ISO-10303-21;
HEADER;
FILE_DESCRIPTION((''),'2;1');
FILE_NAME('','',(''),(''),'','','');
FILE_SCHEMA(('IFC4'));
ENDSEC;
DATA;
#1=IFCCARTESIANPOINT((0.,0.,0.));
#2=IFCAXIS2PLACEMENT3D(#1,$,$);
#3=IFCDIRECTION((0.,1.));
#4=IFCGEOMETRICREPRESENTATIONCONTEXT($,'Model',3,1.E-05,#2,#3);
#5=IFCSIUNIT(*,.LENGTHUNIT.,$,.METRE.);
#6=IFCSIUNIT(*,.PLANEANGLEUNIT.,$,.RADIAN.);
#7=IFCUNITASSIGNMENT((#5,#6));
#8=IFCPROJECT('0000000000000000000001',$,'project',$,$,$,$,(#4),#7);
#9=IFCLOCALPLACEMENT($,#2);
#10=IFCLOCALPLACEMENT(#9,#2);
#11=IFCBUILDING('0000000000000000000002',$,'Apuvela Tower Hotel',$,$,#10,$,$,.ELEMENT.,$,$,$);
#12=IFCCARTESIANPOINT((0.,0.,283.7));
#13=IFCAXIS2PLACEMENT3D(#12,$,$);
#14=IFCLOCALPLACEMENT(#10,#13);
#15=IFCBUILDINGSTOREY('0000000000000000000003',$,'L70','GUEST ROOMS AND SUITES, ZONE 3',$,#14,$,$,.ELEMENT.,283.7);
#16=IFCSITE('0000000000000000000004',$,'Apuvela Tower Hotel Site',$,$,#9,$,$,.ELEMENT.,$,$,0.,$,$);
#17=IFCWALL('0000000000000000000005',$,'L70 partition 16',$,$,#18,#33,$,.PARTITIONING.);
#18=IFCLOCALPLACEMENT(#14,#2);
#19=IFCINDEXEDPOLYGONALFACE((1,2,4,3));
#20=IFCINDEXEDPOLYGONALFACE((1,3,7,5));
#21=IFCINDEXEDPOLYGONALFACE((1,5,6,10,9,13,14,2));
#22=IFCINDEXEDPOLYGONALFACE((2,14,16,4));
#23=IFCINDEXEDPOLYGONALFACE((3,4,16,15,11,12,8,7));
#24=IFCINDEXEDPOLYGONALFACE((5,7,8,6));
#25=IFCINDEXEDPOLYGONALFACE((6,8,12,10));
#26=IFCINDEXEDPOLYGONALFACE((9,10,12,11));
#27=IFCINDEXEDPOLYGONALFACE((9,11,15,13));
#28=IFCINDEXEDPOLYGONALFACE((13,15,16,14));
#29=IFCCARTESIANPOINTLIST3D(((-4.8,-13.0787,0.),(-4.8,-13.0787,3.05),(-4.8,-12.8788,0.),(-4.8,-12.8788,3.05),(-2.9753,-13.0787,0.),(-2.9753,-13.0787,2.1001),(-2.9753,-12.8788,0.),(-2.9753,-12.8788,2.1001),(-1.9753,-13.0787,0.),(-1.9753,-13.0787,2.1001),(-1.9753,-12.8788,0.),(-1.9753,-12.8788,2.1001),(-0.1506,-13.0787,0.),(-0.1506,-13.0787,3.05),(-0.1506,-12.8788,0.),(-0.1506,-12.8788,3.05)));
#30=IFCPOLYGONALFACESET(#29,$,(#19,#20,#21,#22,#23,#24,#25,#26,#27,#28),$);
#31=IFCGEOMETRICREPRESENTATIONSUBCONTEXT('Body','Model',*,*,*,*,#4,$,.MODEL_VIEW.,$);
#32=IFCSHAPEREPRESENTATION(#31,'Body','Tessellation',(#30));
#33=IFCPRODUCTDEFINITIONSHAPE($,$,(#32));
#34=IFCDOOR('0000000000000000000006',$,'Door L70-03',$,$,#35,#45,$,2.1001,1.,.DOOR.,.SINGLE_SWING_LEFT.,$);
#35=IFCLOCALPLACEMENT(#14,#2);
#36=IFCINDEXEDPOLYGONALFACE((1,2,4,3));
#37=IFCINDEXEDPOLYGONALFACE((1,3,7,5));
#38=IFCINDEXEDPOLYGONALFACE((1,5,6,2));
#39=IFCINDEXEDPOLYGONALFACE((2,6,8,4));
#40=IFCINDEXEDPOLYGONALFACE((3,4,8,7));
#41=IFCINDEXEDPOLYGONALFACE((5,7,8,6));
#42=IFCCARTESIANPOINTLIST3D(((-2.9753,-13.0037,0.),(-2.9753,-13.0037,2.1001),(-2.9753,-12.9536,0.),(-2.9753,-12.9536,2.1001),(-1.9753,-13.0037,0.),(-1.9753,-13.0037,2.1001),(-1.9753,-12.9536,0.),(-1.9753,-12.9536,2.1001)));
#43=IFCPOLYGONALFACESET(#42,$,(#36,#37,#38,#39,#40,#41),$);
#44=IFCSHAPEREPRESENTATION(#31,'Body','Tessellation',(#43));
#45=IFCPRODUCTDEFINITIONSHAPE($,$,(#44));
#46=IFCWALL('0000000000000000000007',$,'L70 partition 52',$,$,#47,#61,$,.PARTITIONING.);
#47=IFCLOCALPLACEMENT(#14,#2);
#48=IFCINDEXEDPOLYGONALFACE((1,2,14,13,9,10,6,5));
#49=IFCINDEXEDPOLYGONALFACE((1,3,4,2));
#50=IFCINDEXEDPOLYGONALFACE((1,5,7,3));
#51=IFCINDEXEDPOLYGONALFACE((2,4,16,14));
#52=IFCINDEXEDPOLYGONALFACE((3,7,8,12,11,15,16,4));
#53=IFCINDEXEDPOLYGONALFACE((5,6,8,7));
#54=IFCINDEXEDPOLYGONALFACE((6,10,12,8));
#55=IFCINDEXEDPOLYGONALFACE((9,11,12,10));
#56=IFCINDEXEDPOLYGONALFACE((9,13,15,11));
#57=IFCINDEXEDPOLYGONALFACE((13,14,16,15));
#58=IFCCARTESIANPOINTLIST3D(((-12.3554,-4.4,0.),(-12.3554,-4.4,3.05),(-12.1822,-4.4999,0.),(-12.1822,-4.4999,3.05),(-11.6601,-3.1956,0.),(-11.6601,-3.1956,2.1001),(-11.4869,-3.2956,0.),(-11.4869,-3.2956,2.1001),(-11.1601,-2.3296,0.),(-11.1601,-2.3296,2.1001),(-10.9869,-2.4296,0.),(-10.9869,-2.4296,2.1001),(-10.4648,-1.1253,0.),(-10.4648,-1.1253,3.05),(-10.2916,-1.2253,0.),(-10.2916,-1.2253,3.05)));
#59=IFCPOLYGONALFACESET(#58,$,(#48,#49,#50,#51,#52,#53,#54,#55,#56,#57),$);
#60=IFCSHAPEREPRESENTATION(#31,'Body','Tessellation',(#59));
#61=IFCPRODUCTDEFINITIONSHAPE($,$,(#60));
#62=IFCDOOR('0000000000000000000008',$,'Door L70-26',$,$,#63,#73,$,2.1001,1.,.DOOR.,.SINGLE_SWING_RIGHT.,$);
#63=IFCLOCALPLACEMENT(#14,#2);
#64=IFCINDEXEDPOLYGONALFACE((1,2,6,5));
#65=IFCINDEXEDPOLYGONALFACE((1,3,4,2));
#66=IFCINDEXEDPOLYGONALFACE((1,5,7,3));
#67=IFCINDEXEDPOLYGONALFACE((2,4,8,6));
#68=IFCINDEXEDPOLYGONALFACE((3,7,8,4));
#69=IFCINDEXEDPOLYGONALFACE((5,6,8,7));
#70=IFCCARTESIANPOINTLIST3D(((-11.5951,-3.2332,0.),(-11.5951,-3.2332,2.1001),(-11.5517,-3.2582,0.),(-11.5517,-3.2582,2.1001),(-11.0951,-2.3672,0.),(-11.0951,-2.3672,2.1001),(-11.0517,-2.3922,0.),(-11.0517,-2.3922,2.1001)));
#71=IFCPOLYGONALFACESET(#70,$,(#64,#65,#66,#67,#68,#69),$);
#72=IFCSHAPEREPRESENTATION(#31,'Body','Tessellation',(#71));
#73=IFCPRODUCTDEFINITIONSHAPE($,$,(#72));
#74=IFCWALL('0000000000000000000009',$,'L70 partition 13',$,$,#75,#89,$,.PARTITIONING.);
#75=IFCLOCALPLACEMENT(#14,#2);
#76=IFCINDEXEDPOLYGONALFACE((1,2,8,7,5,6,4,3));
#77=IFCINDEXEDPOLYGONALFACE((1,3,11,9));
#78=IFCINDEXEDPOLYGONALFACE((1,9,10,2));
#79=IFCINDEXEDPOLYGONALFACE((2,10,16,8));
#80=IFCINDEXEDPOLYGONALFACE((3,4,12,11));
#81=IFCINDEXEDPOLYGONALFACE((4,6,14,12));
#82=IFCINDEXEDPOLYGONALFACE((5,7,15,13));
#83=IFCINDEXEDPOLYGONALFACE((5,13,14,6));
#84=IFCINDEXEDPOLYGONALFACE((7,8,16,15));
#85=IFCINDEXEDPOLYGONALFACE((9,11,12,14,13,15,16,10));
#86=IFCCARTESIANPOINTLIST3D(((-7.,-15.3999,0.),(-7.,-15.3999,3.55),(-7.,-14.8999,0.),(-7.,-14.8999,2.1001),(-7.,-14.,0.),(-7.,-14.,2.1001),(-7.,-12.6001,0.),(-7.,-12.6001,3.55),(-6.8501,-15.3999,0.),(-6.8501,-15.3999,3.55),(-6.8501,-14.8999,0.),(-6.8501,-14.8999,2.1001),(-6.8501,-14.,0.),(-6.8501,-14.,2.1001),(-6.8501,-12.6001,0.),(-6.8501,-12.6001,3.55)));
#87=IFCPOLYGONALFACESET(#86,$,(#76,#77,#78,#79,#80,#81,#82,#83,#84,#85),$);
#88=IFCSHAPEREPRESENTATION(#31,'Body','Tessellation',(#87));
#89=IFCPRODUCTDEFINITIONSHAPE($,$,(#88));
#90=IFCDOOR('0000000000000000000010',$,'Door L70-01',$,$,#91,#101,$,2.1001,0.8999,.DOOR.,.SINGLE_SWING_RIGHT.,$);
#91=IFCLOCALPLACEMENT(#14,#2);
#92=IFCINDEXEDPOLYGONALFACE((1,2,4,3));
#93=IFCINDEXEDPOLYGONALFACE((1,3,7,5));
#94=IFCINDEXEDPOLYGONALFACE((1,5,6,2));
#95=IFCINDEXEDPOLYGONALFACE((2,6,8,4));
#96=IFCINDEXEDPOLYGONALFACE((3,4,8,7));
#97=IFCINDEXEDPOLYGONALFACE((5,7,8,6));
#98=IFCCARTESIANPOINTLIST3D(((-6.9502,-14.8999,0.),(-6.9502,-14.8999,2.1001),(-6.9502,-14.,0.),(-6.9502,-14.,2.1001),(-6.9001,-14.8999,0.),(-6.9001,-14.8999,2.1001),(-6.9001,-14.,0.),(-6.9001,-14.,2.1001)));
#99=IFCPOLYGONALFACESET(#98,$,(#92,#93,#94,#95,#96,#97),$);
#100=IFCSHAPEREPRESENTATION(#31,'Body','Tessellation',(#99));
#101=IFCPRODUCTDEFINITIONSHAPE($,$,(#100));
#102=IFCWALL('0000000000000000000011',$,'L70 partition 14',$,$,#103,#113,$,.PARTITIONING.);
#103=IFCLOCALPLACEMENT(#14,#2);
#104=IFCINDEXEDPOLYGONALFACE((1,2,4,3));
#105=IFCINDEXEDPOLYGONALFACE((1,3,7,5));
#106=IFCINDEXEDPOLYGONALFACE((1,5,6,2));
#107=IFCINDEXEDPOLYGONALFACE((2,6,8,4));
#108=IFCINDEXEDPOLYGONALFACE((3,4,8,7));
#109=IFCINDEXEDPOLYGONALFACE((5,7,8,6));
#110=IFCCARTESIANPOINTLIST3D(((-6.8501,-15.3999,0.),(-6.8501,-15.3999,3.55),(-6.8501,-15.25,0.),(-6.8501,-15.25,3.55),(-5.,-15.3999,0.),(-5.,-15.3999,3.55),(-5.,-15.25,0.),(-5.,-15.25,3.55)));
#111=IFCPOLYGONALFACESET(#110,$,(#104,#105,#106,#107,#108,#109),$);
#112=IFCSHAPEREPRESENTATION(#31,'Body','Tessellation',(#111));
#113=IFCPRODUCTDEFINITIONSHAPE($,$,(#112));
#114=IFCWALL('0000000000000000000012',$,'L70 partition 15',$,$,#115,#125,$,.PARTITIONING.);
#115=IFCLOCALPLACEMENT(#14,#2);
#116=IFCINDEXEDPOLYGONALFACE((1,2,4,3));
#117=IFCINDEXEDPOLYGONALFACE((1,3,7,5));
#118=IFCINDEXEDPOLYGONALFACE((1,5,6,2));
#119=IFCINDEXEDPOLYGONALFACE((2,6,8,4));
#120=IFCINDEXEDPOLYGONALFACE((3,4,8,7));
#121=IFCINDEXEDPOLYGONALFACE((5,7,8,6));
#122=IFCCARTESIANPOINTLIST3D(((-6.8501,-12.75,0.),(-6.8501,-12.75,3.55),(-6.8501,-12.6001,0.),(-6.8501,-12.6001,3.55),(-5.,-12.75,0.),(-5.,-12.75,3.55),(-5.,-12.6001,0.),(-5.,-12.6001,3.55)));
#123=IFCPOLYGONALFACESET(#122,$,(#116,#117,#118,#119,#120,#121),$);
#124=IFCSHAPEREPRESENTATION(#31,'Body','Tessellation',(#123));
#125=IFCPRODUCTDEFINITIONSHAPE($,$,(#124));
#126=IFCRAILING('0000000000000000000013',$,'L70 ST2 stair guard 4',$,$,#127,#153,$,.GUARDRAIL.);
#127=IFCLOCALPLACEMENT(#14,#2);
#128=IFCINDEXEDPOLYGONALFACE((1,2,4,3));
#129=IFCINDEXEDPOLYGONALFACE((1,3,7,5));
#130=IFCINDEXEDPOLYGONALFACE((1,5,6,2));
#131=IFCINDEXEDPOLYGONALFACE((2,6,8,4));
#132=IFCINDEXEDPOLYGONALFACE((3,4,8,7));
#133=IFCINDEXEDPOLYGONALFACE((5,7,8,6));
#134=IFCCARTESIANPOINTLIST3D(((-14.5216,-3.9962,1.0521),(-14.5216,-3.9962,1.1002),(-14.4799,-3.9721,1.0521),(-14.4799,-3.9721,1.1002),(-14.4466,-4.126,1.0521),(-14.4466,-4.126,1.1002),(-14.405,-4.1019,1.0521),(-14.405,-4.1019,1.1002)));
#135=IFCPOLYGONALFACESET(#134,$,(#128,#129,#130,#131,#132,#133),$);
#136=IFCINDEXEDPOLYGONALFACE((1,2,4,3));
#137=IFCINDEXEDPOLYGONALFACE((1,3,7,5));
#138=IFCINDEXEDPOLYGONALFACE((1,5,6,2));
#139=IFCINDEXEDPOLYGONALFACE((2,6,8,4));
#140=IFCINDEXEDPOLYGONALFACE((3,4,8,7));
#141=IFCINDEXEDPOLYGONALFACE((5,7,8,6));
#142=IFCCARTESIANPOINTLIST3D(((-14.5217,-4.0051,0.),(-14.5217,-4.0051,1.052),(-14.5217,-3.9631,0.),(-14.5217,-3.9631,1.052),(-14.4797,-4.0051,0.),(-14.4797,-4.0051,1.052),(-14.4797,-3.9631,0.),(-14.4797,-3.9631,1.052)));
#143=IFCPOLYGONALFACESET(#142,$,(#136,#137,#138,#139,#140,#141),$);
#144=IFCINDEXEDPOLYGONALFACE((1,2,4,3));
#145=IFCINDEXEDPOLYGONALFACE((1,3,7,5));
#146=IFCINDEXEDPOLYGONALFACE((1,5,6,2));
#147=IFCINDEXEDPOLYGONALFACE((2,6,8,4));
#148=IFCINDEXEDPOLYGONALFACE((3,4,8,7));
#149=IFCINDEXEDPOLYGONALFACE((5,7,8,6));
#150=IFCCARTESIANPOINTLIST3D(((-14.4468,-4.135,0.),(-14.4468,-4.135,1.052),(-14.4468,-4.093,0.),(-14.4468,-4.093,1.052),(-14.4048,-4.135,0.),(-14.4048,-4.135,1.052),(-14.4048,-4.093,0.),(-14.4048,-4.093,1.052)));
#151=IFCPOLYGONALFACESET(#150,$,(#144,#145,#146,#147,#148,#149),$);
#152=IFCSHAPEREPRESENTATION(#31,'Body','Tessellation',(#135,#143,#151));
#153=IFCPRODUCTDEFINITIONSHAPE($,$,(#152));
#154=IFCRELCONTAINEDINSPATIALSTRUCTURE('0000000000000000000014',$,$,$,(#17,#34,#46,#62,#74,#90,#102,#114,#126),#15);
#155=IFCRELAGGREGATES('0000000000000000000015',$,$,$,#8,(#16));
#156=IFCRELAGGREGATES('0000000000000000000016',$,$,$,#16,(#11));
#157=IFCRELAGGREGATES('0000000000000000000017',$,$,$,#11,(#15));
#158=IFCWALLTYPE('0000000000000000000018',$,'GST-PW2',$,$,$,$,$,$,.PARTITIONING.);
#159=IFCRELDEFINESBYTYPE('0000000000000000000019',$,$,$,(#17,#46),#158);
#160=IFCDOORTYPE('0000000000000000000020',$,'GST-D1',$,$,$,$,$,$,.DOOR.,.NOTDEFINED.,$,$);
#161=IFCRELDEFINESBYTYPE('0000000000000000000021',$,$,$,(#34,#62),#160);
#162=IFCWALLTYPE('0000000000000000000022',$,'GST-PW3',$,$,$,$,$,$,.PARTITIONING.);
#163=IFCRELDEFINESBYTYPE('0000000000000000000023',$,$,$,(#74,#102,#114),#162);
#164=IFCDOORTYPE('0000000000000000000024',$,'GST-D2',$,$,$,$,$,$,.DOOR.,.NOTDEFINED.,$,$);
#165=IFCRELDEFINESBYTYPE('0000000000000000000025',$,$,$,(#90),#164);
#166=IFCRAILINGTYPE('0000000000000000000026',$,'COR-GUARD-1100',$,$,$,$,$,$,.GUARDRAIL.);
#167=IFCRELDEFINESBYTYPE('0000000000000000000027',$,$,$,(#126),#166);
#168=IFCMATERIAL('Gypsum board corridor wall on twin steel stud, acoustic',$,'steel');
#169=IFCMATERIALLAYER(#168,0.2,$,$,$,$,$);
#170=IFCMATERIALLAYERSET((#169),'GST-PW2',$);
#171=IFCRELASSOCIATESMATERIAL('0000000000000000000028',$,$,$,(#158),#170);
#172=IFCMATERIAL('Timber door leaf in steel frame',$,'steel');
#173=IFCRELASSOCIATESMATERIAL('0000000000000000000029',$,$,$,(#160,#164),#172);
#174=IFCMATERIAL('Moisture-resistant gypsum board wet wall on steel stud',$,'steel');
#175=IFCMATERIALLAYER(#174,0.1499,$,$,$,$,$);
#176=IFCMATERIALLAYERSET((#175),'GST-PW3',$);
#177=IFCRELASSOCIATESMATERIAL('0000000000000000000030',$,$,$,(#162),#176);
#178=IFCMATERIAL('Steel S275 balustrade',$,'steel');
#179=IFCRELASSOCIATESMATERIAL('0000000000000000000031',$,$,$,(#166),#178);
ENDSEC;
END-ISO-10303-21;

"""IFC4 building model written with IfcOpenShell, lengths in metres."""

from ifc_helpers import new_model, si_unit, direction, frame, frame_2d, origin, origin_2d, place, context, subcontext, project, spatial, rectangle, extrude, material, layer, layer_set, type_object, element, fill, save


model = new_model("IFC4")

# Units and contexts
model_context = context("Model", 3, precision=1e-05, world=origin(), true_north=direction((0.0, 1.0)))
body_context = subcontext(model_context, "Body", "Model", "MODEL_VIEW")
ifc_project = project(units=[si_unit("LENGTHUNIT", "METRE"), si_unit("PLANEANGLEUNIT", "RADIAN")], contexts=[model_context])

# Site, building, storey
site_placement = place(None, origin())
site = spatial("IfcSite", under=ifc_project, at=site_placement, Name="Apuvela Tower Hotel Site", CompositionType="ELEMENT", RefElevation=0.0)
building_placement = place(site_placement, origin())
building = spatial("IfcBuilding", under=site, at=building_placement, Name="Apuvela Tower Hotel", CompositionType="ELEMENT")
storey_placement = place(building_placement, frame((0.0, 0.0, 283.7)))
storey = spatial("IfcBuildingStorey", under=building, at=storey_placement, Name="L70", Description="GUEST ROOMS AND SUITES, ZONE 3", CompositionType="ELEMENT", Elevation=283.7)

# Walls, openings, doors
ifc_material_1 = material(Name="Gypsum board corridor wall on twin steel stud, acoustic", Category="steel")
ifc_layer_1 = layer(ifc_material_1, 0.2)
ifc_layer_set_1 = layer_set([ifc_layer_1], Name="GST-PW2")
wall_type_1 = type_object("IfcWallType", Name="GST-PW2", PredefinedType="PARTITIONING", material=ifc_layer_set_1)
ifc_material_2 = material(Name="Timber door leaf in steel frame", Category="steel")
door_type_1 = type_object("IfcDoorType", Name="GST-D1", OperationType="NOTDEFINED", PredefinedType="DOOR", material=ifc_material_2)
wall_1_placement = place(storey_placement, frame((-0.1506, -12.9788, 0.0), z_axis=(0.0, 0.0, 1.0), x_axis=(-1.0, 0.0, 0.0)))
wall_1 = element("IfcWall", 1, at=wall_1_placement, inside=storey, type_object=wall_type_1, Name="L70 partition 16", PredefinedType="PARTITIONING", context=body_context, shape_type="SweptSolid", body=[
    extrude(rectangle(XDim=4.6494, YDim=0.2, at=frame_2d((2.3247, 0.0))), origin(), (0.0, 0.0, 1.0), 3.05),
])
opening_1_placement = place(wall_1_placement, frame((1.8247, 0.0, 0.0)))
opening_1 = element("IfcOpeningElement", 2, at=opening_1_placement, cuts=wall_1, PredefinedType="OPENING", context=body_context, shape_type="SweptSolid", body=[
    extrude(rectangle(XDim=1.0, YDim=2.1001, at=frame_2d((0.5, 1.05))), frame((0.0, 0.1099, 0.0), z_axis=(0.0, -1.0, 0.0), x_axis=(1.0, 0.0, 0.0)), (0.0, 0.0, 1.0), 0.22),
])
door_1_placement = place(opening_1_placement, origin())
door_1 = element("IfcDoor", 3, at=door_1_placement, inside=storey, type_object=door_type_1, Name="Door L70-03", OperationType="SINGLE_SWING_LEFT", OverallHeight=2.1001, OverallWidth=1.0, PredefinedType="DOOR", context=body_context, shape_type="SweptSolid", body=[
    extrude(rectangle(XDim=1.0, YDim=2.1001, at=frame_2d((0.5, 1.05))), frame((0.0, 0.0249, 0.0), z_axis=(0.0, -1.0, 0.0), x_axis=(1.0, 0.0, 0.0)), (0.0, 0.0, 1.0), 0.05),
])
fill(opening_1, door_1)
wall_2_placement = place(storey_placement, frame((-12.2688, -4.45, 0.0), z_axis=(0.0, 0.0, 1.0), x_axis=(0.5, 0.866025, 0.0)))
wall_2 = element("IfcWall", 4, at=wall_2_placement, inside=storey, type_object=wall_type_1, Name="L70 partition 52", PredefinedType="PARTITIONING", context=body_context, shape_type="SweptSolid", body=[
    extrude(rectangle(XDim=3.7812, YDim=0.2, at=frame_2d((1.8906, 0.0))), origin(), (0.0, 0.0, 1.0), 3.05),
])
opening_2_placement = place(wall_2_placement, frame((1.3906, 0.0, 0.0)))
opening_2 = element("IfcOpeningElement", 5, at=opening_2_placement, cuts=wall_2, PredefinedType="OPENING", context=body_context, shape_type="SweptSolid", body=[
    extrude(rectangle(XDim=1.0, YDim=2.1001, at=frame_2d((0.5, 1.05))), frame((0.0, 0.1099, 0.0), z_axis=(0.0, -1.0, 0.0), x_axis=(1.0, 0.0, 0.0)), (0.0, 0.0, 1.0), 0.22),
])
door_2_placement = place(opening_2_placement, origin())
door_2 = element("IfcDoor", 6, at=door_2_placement, inside=storey, type_object=door_type_1, Name="Door L70-26", OperationType="SINGLE_SWING_RIGHT", OverallHeight=2.1001, OverallWidth=1.0, PredefinedType="DOOR", context=body_context, shape_type="SweptSolid", body=[
    extrude(rectangle(XDim=1.0, YDim=2.1001, at=frame_2d((0.5, 1.05))), frame((0.0, 0.0249, 0.0), z_axis=(0.0, -1.0, 0.0), x_axis=(1.0, 0.0, 0.0)), (0.0, 0.0, 1.0), 0.05),
])
fill(opening_2, door_2)
ifc_material_3 = material(Name="Moisture-resistant gypsum board wet wall on steel stud", Category="steel")
ifc_layer_2 = layer(ifc_material_3, 0.1499)
ifc_layer_set_2 = layer_set([ifc_layer_2], Name="GST-PW3")
wall_type_2 = type_object("IfcWallType", Name="GST-PW3", PredefinedType="PARTITIONING", material=ifc_layer_set_2)
wall_3_placement = place(storey_placement, frame((-6.925, -12.6001, 0.0), z_axis=(0.0, 0.0, 1.0), x_axis=(0.0, -1.0, 0.0)))
wall_3 = element("IfcWall", 7, at=wall_3_placement, inside=storey, type_object=wall_type_2, Name="L70 partition 13", PredefinedType="PARTITIONING", context=body_context, shape_type="SweptSolid", body=[
    extrude(rectangle(XDim=2.7998, YDim=0.1499, at=frame_2d((1.3999, 0.0))), origin(), (0.0, 0.0, 1.0), 3.55),
])
opening_3_placement = place(wall_3_placement, frame((1.3999, 0.0, 0.0)))
opening_3 = element("IfcOpeningElement", 8, at=opening_3_placement, cuts=wall_3, PredefinedType="OPENING", context=body_context, shape_type="SweptSolid", body=[
    extrude(rectangle(XDim=0.8999, YDim=2.1001, at=frame_2d((0.45, 1.05))), frame((0.0, 0.085, 0.0), z_axis=(0.0, -1.0, 0.0), x_axis=(1.0, 0.0, 0.0)), (0.0, 0.0, 1.0), 0.1699),
])
door_type_2 = type_object("IfcDoorType", Name="GST-D2", OperationType="NOTDEFINED", PredefinedType="DOOR", material=ifc_material_2)
door_3_placement = place(opening_3_placement, origin())
door_3 = element("IfcDoor", 9, at=door_3_placement, inside=storey, type_object=door_type_2, Name="Door L70-01", OperationType="SINGLE_SWING_RIGHT", OverallHeight=2.1001, OverallWidth=0.8999, PredefinedType="DOOR", context=body_context, shape_type="SweptSolid", body=[
    extrude(rectangle(XDim=0.8999, YDim=2.1001, at=frame_2d((0.45, 1.05))), frame((0.0, 0.0249, 0.0), z_axis=(0.0, -1.0, 0.0), x_axis=(1.0, 0.0, 0.0)), (0.0, 0.0, 1.0), 0.05),
])
fill(opening_3, door_3)

# Walls
for number, where, z_axis, x_axis, name in (
    (10, (-6.8501, -15.325, 0.0), (0.0, 0.0, 1.0), (1.0, 0.0, 0.0), "L70 partition 14"),
    (11, (-6.8501, -12.675, 0.0), (0.0, 0.0, 1.0), (1.0, 0.0, 0.0), "L70 partition 15"),
):
    element("IfcWall", number, at=place(storey_placement, frame(where, z_axis=z_axis, x_axis=x_axis)), inside=storey, type_object=wall_type_2, Name=name, PredefinedType="PARTITIONING", context=body_context, shape_type="SweptSolid", body=[
        extrude(rectangle(XDim=1.8501, YDim=0.1499, at=frame_2d((0.925, 0.0))), origin(), (0.0, 0.0, 1.0), 3.55),
    ])

# Railing
ifc_material_4 = material(Name="Steel S275 balustrade", Category="steel")
railing_type = type_object("IfcRailingType", Name="COR-GUARD-1100", PredefinedType="GUARDRAIL", material=ifc_material_4)
railing_placement = place(storey_placement, frame((-14.5007, -3.9841, 0.0)))
element("IfcRailing", 12, at=railing_placement, inside=storey, type_object=railing_type, Name="L70 ST2 stair guard 4", PredefinedType="GUARDRAIL", context=body_context, shape_type="SweptSolid", body=[
    extrude(rectangle(XDim=0.0481, YDim=0.0481, at=origin_2d()), frame((0.0, 0.0, 1.0762), z_axis=(0.499816, -0.866131, 0.0), x_axis=(0.866131, 0.499816, 0.0)), (0.0, 0.0, 1.0), 0.1499),
    extrude(rectangle(XDim=0.042, YDim=0.042, at=origin_2d()), origin(), (0.0, 0.0, 1.0), 1.052),
    extrude(rectangle(XDim=0.042, YDim=0.042, at=origin_2d()), frame((0.075, -0.1299, 0.0)), (0.0, 0.0, 1.0), 1.052),
])

save(model, "model.ifc")
